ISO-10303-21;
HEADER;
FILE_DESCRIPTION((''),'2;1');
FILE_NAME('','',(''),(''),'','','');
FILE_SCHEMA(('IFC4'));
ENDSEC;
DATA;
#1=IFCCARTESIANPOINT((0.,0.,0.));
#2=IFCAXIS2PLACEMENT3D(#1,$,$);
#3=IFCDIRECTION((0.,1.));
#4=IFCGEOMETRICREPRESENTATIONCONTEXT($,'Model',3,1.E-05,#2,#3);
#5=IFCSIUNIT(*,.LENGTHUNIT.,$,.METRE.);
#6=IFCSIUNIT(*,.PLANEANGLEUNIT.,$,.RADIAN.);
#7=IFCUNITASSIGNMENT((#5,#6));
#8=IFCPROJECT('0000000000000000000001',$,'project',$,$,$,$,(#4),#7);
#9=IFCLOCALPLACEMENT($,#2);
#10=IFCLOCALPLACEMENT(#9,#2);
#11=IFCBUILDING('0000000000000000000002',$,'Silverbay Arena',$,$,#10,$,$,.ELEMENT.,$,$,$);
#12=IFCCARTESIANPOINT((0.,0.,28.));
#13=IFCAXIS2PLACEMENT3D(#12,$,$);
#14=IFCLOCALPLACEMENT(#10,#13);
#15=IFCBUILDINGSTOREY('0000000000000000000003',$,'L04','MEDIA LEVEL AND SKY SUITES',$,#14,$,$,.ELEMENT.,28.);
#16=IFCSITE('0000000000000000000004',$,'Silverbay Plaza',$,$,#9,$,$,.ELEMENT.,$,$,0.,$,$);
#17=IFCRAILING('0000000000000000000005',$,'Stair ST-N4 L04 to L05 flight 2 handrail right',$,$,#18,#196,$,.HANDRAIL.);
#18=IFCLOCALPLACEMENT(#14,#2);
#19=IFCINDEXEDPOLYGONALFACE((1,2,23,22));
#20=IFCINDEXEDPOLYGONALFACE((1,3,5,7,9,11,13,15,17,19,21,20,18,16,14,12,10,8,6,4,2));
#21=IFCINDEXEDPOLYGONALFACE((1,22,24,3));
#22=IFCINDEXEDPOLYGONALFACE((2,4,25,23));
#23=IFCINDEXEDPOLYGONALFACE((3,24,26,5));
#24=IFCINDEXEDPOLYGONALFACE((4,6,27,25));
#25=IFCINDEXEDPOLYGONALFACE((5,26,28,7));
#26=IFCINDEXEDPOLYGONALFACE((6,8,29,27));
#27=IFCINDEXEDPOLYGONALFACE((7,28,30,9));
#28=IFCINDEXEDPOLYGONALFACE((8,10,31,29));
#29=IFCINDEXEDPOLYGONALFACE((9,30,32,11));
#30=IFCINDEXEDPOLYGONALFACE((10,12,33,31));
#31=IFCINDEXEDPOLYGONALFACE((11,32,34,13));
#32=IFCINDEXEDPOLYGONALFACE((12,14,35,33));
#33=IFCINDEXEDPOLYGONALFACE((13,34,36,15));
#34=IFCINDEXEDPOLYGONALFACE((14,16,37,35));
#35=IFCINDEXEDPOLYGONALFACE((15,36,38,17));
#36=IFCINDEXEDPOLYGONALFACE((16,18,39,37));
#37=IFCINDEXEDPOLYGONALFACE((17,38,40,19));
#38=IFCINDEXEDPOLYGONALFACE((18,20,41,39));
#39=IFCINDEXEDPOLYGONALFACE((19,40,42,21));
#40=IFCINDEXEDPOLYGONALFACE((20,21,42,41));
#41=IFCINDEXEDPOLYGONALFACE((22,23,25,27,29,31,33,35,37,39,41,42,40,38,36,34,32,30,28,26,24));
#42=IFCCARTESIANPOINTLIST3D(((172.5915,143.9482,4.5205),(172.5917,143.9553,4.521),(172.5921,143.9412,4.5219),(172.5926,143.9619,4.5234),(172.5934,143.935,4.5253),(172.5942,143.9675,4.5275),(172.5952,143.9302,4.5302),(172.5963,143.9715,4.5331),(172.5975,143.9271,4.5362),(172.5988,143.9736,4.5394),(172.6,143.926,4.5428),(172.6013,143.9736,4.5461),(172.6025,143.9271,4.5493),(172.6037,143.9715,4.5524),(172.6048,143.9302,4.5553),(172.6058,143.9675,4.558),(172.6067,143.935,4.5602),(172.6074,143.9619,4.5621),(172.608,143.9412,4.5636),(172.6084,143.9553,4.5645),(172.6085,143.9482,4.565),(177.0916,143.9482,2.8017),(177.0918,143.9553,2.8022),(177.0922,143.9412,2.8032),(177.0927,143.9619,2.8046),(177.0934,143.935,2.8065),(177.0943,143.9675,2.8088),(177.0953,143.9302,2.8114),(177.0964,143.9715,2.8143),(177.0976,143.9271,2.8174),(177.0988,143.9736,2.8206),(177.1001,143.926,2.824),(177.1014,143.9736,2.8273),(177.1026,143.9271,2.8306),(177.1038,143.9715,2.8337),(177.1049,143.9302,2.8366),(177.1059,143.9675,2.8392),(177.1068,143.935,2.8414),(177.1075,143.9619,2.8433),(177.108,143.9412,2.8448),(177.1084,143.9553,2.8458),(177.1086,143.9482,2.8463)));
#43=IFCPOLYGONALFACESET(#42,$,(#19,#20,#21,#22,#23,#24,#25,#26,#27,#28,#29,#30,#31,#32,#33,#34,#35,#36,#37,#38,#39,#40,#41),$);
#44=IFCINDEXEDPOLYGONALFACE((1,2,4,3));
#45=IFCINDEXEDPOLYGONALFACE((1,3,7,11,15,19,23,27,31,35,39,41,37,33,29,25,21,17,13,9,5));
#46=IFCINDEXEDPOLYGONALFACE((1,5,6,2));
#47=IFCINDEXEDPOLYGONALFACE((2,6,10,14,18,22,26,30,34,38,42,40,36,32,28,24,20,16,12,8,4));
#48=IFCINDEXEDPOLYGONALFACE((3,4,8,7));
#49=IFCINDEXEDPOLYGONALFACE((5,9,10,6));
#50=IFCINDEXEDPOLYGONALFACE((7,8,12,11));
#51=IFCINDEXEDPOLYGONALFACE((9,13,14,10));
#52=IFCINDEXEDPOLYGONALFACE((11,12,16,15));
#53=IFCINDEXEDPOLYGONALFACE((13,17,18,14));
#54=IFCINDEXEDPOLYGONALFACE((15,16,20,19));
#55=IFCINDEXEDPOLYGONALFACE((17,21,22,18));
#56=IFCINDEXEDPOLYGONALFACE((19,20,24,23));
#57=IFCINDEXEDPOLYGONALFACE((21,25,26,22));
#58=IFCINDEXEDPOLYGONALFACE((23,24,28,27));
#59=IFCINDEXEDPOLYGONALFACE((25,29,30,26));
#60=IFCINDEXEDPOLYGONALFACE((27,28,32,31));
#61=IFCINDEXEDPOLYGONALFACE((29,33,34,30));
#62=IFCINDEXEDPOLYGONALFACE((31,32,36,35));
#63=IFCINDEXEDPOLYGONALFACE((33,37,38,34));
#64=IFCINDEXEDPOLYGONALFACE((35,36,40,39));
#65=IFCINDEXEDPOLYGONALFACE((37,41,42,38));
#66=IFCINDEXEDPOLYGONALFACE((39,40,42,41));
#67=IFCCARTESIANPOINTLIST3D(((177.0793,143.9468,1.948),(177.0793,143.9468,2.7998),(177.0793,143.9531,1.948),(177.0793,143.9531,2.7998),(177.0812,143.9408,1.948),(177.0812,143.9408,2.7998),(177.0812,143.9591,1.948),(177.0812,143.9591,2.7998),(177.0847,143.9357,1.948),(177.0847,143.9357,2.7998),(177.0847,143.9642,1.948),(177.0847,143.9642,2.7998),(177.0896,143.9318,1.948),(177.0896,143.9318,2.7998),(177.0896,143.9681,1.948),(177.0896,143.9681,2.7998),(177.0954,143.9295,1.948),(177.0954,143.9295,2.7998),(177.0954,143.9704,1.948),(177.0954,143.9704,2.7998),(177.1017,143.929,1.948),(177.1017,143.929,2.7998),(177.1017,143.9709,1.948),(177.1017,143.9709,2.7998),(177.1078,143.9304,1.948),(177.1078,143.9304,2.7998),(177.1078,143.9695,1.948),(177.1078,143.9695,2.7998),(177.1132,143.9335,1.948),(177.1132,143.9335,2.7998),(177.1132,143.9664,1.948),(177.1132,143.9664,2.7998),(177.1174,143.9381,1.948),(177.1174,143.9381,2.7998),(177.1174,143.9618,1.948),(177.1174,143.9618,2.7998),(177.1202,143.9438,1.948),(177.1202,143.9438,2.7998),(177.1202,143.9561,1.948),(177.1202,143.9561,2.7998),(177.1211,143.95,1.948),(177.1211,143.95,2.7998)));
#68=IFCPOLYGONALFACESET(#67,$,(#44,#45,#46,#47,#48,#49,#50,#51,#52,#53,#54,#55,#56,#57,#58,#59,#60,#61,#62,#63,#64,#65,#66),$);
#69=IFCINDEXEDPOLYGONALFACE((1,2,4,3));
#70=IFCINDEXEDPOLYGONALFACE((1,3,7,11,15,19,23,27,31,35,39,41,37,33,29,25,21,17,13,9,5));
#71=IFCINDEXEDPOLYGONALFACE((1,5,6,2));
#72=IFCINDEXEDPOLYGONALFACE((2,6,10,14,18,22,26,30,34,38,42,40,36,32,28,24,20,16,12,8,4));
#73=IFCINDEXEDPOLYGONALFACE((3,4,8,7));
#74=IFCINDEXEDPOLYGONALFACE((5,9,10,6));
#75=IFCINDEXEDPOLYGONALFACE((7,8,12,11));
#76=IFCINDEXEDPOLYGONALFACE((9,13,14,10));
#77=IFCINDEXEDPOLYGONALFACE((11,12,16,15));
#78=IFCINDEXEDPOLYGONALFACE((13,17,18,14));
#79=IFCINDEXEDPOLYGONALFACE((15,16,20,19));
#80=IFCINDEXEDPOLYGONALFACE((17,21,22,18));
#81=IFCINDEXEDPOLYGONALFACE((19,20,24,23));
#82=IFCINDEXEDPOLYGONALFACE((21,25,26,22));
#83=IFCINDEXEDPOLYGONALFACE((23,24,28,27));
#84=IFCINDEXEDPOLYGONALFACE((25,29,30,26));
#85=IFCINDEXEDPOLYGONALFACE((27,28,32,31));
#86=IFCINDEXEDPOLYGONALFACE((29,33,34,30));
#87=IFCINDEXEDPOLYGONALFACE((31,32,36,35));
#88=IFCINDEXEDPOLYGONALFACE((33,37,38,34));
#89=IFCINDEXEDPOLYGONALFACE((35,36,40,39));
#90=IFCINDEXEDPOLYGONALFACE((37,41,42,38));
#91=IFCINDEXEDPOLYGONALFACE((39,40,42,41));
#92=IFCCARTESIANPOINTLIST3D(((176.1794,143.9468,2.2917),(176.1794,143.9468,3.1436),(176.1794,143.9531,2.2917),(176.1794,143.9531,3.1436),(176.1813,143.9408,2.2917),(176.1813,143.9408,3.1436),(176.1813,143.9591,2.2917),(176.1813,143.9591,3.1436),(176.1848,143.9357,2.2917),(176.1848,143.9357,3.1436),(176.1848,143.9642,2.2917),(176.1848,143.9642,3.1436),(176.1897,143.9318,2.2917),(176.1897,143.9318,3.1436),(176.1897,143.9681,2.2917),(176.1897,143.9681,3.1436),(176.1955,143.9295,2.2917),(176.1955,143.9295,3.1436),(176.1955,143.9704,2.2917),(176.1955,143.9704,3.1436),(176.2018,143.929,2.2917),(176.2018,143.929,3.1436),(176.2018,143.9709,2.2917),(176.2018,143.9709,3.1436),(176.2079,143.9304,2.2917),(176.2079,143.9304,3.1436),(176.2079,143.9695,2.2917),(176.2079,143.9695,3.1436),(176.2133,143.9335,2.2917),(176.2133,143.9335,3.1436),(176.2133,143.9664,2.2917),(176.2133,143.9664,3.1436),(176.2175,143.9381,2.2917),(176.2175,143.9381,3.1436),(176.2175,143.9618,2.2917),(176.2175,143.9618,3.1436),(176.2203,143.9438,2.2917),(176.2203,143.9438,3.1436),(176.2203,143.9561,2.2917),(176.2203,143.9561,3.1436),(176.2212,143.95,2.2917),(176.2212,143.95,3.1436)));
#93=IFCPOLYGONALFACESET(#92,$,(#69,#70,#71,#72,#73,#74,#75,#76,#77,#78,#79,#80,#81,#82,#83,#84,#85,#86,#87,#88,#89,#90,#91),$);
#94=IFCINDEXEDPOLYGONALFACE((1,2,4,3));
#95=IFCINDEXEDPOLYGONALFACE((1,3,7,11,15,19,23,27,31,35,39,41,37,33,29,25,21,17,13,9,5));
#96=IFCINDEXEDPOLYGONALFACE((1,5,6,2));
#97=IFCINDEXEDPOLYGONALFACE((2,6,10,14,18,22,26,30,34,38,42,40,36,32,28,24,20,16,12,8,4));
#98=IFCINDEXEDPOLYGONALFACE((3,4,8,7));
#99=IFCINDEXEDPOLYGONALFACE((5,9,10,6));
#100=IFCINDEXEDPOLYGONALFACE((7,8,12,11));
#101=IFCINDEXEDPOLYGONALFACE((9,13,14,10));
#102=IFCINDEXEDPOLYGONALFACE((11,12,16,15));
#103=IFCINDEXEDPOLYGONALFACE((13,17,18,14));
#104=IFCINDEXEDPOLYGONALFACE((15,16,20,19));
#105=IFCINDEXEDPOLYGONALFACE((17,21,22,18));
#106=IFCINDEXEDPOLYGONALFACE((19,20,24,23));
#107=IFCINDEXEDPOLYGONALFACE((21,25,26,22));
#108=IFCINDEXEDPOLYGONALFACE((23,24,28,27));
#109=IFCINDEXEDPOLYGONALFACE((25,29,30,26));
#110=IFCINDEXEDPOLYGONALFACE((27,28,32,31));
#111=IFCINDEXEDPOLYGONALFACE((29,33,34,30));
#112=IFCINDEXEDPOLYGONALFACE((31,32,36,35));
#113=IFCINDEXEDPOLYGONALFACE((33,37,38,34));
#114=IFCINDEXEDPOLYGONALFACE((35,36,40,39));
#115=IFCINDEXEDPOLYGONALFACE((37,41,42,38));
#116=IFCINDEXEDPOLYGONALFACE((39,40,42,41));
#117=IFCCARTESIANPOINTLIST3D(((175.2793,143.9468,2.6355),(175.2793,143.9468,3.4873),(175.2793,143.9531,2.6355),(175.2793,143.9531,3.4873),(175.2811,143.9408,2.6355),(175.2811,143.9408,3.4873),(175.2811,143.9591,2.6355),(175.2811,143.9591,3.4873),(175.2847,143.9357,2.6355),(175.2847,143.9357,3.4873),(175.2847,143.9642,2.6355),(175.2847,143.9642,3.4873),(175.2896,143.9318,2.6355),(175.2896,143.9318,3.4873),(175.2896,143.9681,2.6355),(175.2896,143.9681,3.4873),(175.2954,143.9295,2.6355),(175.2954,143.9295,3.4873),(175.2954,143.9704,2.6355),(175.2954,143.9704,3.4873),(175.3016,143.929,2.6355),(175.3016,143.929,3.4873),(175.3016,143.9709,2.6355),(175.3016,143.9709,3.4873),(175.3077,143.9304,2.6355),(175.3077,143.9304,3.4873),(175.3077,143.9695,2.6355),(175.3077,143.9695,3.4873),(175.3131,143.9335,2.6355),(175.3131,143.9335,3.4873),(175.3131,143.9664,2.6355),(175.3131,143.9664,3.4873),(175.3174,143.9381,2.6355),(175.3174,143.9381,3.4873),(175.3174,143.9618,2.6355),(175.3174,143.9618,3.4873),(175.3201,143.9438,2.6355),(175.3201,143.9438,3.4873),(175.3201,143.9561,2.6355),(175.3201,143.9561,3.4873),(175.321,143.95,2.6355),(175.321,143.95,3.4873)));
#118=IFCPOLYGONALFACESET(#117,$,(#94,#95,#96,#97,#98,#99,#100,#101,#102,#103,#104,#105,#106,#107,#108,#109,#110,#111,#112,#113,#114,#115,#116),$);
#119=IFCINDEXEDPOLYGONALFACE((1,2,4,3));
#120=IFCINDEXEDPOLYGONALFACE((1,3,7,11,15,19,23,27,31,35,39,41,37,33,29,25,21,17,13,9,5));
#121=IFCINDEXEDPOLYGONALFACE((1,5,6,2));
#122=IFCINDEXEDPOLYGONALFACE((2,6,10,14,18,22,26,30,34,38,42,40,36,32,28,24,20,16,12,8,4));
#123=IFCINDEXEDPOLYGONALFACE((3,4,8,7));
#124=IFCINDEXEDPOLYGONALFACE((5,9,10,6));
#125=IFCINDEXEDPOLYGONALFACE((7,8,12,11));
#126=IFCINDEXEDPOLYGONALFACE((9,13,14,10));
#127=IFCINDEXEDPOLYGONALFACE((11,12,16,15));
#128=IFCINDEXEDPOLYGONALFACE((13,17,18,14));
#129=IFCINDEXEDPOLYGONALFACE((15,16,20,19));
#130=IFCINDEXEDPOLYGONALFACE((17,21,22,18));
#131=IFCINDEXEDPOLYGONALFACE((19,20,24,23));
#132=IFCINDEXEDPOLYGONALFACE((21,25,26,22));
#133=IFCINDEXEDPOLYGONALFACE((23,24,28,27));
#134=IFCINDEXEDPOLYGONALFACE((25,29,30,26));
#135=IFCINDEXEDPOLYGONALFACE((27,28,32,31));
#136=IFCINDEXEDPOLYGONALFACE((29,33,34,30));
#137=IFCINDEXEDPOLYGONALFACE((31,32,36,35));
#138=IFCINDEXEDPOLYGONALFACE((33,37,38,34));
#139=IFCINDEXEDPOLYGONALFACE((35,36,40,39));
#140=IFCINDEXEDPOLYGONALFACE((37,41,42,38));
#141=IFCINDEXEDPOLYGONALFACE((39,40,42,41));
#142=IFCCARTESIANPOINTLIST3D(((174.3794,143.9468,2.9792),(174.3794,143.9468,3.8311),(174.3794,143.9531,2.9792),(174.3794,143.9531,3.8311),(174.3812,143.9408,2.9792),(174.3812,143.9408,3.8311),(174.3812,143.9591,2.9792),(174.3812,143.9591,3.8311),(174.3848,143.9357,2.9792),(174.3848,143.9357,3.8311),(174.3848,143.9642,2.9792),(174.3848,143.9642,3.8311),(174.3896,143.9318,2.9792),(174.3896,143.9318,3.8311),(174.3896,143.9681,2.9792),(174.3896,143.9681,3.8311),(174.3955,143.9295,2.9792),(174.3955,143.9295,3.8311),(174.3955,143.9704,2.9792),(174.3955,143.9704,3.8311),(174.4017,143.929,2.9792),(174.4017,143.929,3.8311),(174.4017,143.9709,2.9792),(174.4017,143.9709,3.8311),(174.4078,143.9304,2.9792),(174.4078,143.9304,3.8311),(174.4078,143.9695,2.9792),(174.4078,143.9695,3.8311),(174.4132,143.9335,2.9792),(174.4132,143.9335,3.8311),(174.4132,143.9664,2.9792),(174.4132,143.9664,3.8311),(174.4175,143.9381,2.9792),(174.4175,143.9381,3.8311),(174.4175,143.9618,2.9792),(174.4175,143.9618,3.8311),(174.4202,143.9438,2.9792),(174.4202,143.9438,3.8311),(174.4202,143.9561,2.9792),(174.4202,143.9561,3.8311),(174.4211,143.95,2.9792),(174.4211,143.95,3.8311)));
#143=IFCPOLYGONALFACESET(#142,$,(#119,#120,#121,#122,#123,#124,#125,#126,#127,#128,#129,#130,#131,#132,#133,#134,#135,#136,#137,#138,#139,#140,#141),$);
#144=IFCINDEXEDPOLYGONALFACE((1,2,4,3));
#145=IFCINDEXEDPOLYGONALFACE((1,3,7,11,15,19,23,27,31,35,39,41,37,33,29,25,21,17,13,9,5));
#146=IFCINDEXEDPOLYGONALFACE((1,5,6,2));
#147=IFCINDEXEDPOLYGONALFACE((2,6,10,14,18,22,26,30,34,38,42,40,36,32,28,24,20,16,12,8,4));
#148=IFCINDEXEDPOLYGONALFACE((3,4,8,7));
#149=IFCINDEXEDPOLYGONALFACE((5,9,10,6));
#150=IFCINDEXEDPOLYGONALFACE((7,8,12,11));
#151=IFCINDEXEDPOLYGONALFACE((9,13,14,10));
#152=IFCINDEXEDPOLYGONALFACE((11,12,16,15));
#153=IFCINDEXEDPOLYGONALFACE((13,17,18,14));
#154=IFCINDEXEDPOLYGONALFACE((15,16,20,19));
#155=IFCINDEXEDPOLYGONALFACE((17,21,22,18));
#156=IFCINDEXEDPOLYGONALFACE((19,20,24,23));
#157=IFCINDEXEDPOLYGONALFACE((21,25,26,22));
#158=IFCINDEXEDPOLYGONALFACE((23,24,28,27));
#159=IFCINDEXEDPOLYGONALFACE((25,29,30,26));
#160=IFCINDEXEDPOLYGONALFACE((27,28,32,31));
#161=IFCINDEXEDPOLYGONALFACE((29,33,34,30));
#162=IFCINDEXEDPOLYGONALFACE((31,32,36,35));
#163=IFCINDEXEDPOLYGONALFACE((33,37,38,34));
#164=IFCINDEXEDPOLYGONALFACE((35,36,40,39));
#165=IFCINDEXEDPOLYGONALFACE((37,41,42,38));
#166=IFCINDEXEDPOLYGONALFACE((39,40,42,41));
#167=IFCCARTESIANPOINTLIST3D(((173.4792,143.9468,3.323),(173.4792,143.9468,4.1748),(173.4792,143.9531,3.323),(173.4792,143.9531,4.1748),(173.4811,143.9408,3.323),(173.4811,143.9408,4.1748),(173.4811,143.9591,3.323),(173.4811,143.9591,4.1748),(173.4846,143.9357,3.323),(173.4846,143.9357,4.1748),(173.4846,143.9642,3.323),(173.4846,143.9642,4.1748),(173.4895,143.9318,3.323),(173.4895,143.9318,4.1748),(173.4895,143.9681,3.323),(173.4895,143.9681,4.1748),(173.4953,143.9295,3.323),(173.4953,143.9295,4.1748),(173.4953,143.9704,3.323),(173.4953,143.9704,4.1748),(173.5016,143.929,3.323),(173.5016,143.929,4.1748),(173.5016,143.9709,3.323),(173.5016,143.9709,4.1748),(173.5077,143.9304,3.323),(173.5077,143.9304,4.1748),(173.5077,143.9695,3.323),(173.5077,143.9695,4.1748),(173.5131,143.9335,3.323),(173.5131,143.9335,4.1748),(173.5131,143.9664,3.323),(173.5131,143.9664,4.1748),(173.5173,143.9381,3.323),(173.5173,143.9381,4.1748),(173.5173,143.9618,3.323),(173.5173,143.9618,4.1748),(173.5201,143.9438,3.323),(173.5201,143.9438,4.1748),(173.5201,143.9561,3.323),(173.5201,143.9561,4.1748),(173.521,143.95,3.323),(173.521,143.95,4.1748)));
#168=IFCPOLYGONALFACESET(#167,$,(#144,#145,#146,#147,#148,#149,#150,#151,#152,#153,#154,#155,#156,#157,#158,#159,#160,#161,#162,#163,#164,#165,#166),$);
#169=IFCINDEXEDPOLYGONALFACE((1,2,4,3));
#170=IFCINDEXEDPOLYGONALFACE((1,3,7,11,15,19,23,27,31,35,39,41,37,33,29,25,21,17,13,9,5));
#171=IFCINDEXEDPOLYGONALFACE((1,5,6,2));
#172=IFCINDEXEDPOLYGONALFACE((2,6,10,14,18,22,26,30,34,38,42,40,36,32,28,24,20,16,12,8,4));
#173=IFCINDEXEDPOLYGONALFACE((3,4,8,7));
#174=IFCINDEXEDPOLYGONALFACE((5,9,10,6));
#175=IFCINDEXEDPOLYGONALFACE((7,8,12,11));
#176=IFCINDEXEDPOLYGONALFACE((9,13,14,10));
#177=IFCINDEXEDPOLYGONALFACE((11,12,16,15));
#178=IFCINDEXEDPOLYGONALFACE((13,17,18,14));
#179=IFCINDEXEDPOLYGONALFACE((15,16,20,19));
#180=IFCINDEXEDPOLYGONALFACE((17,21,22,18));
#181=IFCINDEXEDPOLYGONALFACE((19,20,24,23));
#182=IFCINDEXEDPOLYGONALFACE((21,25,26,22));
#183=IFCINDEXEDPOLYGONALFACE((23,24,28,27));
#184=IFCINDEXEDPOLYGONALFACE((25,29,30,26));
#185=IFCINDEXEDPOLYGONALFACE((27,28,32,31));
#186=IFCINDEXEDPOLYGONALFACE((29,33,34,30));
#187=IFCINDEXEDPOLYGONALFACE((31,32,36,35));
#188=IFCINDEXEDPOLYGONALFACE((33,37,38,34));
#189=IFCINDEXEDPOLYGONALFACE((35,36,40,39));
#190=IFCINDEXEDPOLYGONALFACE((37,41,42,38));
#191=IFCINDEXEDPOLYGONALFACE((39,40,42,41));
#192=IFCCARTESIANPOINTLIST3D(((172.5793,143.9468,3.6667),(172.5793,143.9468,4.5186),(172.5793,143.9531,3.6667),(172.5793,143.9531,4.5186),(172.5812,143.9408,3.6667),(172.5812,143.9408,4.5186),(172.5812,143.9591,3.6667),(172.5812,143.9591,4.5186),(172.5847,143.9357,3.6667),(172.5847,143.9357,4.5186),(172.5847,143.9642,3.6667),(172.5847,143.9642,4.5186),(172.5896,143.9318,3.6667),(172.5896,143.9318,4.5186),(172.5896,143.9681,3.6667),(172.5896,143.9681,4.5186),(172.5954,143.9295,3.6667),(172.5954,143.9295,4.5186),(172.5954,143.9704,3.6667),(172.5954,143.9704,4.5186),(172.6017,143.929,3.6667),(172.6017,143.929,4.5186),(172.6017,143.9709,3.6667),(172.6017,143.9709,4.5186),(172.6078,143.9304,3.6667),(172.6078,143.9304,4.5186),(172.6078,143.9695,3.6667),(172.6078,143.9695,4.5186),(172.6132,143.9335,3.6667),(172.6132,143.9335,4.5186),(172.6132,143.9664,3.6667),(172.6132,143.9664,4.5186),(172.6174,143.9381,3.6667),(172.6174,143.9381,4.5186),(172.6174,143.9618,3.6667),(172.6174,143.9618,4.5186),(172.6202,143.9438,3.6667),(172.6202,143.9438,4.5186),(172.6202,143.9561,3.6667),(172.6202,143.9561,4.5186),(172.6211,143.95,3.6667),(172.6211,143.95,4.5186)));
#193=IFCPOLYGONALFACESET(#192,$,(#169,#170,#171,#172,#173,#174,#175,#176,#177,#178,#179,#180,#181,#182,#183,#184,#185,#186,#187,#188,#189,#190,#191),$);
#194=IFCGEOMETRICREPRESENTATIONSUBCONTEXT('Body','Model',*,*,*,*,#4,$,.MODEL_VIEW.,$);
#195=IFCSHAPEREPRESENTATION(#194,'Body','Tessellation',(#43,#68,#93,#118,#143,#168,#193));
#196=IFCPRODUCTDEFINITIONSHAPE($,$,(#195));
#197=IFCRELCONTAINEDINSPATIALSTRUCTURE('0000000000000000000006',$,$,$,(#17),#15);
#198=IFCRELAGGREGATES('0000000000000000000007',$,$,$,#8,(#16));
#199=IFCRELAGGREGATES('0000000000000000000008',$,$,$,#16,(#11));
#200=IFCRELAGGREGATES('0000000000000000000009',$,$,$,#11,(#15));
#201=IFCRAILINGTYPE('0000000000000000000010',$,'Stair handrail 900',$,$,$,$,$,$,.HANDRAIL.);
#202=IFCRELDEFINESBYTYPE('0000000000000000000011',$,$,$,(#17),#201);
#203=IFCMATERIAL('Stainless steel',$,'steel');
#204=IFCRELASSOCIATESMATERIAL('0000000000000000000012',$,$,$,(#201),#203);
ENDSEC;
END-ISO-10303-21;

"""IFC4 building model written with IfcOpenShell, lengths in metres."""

from ifc_helpers import new_model, si_unit, direction, frame, origin, origin_2d, place, context, subcontext, project, spatial, circle, extrude, material, type_object, element, save


model = new_model("IFC4")

# Units and contexts
model_context = context("Model", 3, precision=1e-05, world=origin(), true_north=direction((0.0, 1.0)))
body_context = subcontext(model_context, "Body", "Model", "MODEL_VIEW")
ifc_project = project(units=[si_unit("LENGTHUNIT", "METRE"), si_unit("PLANEANGLEUNIT", "RADIAN")], contexts=[model_context])

# Site, building, storey
site_placement = place(None, origin())
site = spatial("IfcSite", under=ifc_project, at=site_placement, Name="Silverbay Plaza", CompositionType="ELEMENT", RefElevation=0.0)
building_placement = place(site_placement, origin())
building = spatial("IfcBuilding", under=site, at=building_placement, Name="Silverbay Arena", CompositionType="ELEMENT")
storey_placement = place(building_placement, frame((0.0, 0.0, 28.0)))
storey = spatial("IfcBuildingStorey", under=building, at=storey_placement, Name="L04", Description="MEDIA LEVEL AND SKY SUITES", CompositionType="ELEMENT", Elevation=28.0)

# Railing
ifc_material_1 = material(Name="Stainless steel", Category="steel")
railing_type_1 = type_object("IfcRailingType", Name="Stair handrail 900", PredefinedType="HANDRAIL", material=ifc_material_1)
for number, where, name in (
    (1, (177.1001, 143.95, 1.948), "Stair ST-N4 L04 to L05 flight 2 handrail right"),
):
    element("IfcRailing", number, at=place(storey_placement, frame(where)), inside=storey, type_object=railing_type_1, Name=name, PredefinedType="HANDRAIL", context=body_context, shape_type="SweptSolid", body=[
        extrude(circle(Radius=0.0239, at=origin_2d()), frame((0.0, 0.0, 0.876), z_axis=(-0.934179, 0.0, 0.356805), x_axis=(0.0, -1.0, 0.0)), (0.0, 0.0, 1.0), 4.8171),
        extrude(circle(Radius=0.021, at=origin_2d()), origin(), (0.0, 0.0, 1.0), 0.8518),
        extrude(circle(Radius=0.021, at=origin_2d()), frame((-0.8999, 0.0, 0.3438)), (0.0, 0.0, 1.0), 0.8518),
        extrude(circle(Radius=0.021, at=origin_2d()), frame((-1.8, 0.0, 0.6875)), (0.0, 0.0, 1.0), 0.8518),
        extrude(circle(Radius=0.021, at=origin_2d()), frame((-2.7, 0.0, 1.0312)), (0.0, 0.0, 1.0), 0.8518),
        extrude(circle(Radius=0.021, at=origin_2d()), frame((-3.6001, 0.0, 1.375)), (0.0, 0.0, 1.0), 0.8518),
        extrude(circle(Radius=0.021, at=origin_2d()), frame((-4.5, 0.0, 1.7188)), (0.0, 0.0, 1.0), 0.8518),
    ])

save(model, "model.ifc")
